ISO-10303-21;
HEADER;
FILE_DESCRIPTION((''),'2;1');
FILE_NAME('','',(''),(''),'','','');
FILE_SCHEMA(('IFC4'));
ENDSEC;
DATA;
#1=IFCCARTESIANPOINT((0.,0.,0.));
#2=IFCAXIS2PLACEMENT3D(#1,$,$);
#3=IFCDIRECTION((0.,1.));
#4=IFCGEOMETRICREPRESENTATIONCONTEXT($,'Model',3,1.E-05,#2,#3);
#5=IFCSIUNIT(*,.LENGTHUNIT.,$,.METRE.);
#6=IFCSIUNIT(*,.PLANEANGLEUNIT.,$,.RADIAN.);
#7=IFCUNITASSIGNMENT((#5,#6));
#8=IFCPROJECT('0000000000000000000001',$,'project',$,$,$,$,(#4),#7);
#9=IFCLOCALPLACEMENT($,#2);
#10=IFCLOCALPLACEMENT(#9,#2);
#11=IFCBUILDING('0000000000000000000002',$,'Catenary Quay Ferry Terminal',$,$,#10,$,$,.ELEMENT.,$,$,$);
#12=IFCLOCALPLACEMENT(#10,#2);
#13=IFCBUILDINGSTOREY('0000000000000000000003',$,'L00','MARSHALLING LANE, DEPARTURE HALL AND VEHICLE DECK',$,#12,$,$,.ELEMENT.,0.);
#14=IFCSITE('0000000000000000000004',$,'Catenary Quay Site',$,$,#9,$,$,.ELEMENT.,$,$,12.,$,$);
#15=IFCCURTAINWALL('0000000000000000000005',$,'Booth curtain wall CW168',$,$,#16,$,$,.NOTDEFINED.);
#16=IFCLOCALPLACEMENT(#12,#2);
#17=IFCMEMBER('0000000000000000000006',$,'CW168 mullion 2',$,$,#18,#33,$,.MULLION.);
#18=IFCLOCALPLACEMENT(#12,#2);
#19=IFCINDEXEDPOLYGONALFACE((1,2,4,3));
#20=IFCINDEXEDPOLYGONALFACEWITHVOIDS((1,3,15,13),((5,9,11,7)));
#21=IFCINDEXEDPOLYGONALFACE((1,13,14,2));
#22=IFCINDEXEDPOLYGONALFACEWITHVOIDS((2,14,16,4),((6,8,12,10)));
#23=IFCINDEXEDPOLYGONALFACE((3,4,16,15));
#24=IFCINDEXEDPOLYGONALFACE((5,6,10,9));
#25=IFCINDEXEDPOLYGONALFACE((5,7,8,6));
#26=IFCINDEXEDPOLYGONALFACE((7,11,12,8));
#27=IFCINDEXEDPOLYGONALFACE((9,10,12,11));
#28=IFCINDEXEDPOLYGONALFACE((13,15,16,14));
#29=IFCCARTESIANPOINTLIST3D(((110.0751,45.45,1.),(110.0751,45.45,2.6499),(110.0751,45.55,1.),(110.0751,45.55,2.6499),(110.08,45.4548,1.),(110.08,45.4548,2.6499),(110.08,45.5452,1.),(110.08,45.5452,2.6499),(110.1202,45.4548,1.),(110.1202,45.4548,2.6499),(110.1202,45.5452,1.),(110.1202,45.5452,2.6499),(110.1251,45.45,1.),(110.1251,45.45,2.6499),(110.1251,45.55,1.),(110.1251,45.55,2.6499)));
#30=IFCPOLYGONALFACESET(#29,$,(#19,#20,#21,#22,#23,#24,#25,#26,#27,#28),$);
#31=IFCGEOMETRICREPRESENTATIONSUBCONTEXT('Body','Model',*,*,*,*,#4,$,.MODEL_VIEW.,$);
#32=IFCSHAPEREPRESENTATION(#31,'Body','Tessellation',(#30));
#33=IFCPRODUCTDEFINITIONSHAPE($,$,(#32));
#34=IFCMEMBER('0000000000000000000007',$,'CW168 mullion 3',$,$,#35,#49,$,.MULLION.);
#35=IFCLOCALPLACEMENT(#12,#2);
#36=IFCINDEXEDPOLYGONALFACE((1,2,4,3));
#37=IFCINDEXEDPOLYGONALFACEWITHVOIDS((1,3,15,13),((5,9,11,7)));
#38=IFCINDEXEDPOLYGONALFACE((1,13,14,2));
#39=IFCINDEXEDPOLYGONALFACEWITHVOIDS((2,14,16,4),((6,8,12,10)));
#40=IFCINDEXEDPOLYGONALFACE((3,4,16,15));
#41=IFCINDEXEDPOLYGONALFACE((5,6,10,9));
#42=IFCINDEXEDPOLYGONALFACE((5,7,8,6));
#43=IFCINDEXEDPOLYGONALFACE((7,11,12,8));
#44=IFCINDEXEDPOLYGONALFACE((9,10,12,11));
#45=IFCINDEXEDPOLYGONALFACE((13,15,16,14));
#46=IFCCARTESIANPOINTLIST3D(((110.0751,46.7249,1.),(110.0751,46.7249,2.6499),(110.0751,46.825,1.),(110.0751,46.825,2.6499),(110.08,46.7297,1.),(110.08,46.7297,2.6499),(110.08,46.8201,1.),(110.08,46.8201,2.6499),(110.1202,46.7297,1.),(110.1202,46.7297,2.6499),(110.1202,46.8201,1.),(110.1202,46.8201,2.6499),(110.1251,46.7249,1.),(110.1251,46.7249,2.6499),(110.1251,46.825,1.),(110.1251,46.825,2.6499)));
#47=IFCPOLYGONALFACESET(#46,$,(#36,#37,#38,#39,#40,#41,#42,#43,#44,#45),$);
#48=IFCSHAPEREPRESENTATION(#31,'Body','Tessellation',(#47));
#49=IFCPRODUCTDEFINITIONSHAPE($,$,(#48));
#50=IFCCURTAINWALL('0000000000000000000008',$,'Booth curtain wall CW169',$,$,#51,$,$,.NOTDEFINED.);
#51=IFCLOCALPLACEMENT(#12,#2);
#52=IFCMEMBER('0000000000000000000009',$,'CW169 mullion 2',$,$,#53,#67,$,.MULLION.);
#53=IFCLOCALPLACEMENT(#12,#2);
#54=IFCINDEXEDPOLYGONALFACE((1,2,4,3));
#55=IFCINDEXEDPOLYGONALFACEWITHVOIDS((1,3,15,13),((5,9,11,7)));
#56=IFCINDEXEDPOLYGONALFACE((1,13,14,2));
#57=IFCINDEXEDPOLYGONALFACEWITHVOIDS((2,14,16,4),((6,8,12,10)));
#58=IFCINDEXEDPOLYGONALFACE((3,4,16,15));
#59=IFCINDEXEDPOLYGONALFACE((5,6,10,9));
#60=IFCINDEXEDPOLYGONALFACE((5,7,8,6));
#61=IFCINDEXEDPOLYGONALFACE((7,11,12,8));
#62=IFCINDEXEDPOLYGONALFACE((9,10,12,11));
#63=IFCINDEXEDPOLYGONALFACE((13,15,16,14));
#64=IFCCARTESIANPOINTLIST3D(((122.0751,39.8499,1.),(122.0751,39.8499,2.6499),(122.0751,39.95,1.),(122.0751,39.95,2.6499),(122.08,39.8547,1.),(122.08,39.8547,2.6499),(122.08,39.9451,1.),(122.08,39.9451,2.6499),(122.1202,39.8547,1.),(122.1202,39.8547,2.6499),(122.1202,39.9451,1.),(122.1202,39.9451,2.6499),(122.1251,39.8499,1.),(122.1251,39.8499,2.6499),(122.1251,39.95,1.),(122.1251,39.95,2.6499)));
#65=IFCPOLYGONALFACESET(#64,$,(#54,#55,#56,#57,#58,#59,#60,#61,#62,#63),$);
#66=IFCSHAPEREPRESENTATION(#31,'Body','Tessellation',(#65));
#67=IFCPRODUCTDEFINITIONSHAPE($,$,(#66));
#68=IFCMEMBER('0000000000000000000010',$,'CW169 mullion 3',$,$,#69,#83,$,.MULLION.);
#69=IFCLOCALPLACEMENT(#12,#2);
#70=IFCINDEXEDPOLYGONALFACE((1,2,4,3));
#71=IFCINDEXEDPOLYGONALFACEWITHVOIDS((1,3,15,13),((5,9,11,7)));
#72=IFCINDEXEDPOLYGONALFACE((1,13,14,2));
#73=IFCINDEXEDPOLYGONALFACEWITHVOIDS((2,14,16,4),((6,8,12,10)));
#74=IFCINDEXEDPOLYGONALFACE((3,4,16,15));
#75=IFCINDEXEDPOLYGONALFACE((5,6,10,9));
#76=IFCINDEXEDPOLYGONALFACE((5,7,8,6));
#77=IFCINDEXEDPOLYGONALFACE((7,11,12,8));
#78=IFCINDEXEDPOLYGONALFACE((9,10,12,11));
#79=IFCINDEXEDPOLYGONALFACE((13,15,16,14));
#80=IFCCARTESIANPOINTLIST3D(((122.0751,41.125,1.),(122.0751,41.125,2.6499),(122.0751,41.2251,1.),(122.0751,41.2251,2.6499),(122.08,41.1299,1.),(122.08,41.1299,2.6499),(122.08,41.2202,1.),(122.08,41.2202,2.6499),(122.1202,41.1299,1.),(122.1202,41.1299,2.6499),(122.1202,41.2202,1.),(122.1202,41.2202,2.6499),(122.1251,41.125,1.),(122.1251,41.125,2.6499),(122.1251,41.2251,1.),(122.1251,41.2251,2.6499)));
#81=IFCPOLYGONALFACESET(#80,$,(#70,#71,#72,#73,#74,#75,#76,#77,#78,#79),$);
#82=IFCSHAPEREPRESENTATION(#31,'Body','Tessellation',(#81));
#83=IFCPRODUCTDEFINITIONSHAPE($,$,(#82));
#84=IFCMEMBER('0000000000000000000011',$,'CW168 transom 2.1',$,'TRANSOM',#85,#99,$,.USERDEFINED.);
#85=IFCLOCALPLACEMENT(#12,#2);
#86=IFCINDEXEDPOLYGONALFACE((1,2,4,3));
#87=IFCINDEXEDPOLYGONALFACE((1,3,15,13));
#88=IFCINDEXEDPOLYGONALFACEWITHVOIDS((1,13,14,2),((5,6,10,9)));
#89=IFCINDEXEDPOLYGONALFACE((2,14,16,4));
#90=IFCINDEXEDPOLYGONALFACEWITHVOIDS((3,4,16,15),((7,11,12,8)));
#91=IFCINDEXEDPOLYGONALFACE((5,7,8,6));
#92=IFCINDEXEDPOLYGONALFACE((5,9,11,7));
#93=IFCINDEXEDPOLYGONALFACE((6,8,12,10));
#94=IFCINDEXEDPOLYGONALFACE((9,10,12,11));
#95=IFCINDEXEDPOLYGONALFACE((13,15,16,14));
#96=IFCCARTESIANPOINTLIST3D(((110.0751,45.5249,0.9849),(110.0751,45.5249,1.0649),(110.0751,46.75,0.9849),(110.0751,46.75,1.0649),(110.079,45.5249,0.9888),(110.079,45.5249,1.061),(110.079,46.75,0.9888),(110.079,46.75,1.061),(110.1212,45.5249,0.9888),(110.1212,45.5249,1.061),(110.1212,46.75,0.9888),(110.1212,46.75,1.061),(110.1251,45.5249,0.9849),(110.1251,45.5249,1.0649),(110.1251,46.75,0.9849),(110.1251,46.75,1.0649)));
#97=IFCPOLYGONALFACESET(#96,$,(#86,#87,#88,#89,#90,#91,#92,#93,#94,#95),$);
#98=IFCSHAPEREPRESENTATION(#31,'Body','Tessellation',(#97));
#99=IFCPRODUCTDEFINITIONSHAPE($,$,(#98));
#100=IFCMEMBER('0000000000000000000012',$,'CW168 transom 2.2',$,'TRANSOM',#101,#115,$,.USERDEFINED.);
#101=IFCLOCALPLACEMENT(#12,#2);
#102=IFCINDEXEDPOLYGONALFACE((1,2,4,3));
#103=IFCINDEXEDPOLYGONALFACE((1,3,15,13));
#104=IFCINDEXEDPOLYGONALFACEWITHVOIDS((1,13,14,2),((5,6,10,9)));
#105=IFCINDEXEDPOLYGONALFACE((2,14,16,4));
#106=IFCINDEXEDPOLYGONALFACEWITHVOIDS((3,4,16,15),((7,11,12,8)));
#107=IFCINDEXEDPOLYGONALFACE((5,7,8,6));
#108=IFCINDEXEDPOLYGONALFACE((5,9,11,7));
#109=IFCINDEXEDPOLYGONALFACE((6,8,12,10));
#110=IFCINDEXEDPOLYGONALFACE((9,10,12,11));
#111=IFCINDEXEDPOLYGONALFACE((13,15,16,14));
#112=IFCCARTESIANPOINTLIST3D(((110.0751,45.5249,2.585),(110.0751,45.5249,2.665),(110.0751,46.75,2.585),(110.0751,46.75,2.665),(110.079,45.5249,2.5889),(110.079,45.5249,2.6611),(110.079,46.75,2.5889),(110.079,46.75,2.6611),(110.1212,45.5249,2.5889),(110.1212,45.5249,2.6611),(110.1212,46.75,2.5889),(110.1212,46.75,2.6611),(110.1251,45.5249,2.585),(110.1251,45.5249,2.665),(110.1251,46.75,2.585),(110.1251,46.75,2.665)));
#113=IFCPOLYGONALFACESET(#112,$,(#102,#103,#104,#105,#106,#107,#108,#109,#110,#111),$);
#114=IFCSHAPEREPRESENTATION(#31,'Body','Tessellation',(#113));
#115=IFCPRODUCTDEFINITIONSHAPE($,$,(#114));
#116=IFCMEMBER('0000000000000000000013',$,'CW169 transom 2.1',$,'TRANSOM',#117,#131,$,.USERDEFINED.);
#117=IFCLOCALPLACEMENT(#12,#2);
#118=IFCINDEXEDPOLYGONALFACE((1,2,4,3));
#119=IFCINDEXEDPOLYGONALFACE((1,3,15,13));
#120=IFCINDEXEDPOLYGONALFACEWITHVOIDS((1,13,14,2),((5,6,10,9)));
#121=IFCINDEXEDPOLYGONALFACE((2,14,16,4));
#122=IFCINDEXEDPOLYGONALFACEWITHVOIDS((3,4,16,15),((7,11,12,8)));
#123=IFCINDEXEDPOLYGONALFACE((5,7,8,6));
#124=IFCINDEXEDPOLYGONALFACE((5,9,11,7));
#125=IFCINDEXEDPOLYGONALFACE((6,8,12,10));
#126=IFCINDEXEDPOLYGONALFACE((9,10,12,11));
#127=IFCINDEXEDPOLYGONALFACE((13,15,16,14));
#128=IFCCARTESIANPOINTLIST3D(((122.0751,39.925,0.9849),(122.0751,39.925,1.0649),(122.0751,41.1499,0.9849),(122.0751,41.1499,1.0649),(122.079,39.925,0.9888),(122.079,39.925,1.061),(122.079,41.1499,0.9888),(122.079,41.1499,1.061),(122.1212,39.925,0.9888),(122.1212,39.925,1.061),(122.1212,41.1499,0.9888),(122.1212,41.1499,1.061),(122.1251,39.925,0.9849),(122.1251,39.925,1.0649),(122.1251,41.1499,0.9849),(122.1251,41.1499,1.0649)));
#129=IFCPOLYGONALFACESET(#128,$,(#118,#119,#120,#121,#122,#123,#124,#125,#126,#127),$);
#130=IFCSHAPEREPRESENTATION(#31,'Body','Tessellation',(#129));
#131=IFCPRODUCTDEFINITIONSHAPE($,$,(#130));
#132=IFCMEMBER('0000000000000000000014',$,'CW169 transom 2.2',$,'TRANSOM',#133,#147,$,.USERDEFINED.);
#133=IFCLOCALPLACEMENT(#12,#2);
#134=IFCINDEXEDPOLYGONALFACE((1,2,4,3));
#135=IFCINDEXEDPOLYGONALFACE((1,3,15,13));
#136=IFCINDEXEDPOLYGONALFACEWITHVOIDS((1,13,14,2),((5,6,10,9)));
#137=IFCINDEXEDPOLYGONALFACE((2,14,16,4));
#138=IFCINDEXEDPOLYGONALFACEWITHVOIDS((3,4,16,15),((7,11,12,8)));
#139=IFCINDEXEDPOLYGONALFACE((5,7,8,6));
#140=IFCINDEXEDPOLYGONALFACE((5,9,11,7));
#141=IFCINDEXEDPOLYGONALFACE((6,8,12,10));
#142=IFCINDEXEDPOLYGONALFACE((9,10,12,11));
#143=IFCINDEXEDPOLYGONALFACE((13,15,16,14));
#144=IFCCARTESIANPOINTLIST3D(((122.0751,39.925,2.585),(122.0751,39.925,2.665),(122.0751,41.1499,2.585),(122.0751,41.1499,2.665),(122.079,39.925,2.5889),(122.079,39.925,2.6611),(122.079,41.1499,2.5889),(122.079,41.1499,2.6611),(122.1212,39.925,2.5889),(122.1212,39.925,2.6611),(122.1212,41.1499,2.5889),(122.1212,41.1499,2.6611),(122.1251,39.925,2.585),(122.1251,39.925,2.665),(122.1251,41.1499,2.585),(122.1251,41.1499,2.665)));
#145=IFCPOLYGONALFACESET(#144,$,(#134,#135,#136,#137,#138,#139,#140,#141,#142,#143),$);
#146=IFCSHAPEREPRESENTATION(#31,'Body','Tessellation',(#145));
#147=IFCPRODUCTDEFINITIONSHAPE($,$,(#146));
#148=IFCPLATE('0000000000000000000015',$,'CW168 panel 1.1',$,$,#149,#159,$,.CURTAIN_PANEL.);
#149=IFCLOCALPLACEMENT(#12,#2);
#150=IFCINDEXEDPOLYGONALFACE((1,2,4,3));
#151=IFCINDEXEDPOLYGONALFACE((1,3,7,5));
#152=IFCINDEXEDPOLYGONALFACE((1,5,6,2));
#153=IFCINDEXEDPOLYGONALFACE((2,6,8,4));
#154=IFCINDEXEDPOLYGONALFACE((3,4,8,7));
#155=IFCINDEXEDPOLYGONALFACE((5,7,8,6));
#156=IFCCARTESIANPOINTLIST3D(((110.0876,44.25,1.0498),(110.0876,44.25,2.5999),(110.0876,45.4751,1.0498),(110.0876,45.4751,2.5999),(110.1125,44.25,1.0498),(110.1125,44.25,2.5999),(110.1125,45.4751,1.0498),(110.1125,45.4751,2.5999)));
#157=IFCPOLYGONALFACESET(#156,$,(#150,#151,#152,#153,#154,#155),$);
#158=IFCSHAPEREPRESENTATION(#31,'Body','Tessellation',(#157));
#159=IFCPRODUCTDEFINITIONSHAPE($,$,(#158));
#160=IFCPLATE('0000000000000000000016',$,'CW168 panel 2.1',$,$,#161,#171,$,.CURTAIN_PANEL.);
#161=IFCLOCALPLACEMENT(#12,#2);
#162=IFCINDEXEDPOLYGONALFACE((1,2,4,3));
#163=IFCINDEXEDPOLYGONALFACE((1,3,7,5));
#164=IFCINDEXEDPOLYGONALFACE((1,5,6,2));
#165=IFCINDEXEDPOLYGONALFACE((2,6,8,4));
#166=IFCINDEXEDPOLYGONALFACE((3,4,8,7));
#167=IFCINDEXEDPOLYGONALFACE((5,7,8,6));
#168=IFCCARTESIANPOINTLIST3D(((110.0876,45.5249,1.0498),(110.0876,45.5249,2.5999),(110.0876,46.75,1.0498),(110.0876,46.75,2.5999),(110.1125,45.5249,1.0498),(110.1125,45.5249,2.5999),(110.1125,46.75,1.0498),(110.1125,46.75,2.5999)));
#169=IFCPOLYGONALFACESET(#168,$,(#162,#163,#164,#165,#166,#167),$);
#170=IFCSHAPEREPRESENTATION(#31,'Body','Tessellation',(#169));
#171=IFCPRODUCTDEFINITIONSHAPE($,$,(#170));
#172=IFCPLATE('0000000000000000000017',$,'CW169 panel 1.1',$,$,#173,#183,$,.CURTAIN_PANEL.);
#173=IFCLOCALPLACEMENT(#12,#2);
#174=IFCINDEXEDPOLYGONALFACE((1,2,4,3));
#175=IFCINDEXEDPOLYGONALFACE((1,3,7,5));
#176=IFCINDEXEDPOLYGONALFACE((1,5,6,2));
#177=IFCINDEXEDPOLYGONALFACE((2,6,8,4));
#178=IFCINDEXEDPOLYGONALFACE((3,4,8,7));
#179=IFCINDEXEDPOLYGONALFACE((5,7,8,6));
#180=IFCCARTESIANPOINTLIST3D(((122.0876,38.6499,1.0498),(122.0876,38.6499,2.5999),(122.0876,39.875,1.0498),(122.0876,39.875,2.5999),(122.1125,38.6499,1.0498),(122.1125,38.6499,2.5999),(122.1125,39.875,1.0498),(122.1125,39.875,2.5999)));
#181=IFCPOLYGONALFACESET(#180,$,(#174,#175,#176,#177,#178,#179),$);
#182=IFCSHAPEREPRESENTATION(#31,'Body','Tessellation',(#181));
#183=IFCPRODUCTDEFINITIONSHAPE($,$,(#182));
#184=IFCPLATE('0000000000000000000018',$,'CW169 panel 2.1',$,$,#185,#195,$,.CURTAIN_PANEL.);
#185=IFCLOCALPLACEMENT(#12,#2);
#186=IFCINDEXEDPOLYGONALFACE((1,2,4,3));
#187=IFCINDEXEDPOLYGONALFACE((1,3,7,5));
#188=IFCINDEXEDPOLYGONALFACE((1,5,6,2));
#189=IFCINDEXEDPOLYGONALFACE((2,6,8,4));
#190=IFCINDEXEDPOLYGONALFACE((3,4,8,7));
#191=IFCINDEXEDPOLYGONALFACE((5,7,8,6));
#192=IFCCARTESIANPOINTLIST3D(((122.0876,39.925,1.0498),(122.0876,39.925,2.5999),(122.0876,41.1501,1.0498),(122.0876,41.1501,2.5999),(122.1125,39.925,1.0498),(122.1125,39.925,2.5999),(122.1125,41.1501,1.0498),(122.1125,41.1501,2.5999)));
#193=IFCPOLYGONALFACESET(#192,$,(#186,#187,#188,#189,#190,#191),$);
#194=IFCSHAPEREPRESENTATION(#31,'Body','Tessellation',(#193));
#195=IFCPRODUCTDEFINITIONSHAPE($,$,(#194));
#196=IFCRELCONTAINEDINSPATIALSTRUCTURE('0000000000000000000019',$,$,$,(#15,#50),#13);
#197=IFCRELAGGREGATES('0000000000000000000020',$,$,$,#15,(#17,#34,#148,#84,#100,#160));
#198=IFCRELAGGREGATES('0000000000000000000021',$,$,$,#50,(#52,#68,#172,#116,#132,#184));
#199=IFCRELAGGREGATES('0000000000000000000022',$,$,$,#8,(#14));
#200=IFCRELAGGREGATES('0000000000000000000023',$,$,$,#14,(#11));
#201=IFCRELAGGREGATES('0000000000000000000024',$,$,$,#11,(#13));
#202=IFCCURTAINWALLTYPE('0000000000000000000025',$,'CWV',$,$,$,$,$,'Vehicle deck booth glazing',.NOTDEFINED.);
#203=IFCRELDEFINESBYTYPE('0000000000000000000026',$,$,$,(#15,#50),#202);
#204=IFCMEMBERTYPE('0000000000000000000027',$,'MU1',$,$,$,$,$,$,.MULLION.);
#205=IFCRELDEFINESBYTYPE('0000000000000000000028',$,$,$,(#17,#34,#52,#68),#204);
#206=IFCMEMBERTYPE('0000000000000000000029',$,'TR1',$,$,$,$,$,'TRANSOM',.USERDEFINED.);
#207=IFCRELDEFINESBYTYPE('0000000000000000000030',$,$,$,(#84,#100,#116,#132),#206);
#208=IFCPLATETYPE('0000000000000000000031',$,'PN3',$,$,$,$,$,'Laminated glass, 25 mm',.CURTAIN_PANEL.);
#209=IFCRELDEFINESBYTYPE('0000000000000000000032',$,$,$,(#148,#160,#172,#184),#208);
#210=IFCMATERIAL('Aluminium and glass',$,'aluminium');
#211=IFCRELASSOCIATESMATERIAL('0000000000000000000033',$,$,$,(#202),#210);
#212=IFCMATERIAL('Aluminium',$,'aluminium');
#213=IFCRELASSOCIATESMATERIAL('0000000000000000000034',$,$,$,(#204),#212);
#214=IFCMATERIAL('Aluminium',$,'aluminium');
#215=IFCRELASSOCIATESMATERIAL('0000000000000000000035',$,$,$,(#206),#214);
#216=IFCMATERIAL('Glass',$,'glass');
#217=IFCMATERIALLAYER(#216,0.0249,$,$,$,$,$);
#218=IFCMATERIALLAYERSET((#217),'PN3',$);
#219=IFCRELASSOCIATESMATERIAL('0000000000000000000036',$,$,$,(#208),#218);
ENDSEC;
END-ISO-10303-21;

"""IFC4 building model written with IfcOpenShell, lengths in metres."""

from ifc_helpers import new_model, si_unit, direction, frame, origin, origin_2d, place, context, subcontext, project, spatial, rectangle, hollow_rectangle, extrude, material, layer, layer_set, material_profile, profile_set, type_object, element, aggregate, save


model = new_model("IFC4")

# Units and contexts
model_context = context("Model", 3, precision=1e-05, world=origin(), true_north=direction((0.0, 1.0)))
body_context = subcontext(model_context, "Body", "Model", "MODEL_VIEW")
ifc_project = project(units=[si_unit("LENGTHUNIT", "METRE"), si_unit("PLANEANGLEUNIT", "RADIAN")], contexts=[model_context])

# Site, building, storey
site_placement = place(None, origin())
site = spatial("IfcSite", under=ifc_project, at=site_placement, Name="Catenary Quay Site", CompositionType="ELEMENT", RefElevation=12.0)
building_placement = place(site_placement, origin())
building = spatial("IfcBuilding", under=site, at=building_placement, Name="Catenary Quay Ferry Terminal", CompositionType="ELEMENT")
storey_placement = place(building_placement, origin())
storey = spatial("IfcBuildingStorey", under=building, at=storey_placement, Name="L00", Description="MARSHALLING LANE, DEPARTURE HALL AND VEHICLE DECK", CompositionType="ELEMENT", Elevation=0.0)

# Curtain walls, members
ifc_material_1 = material(Name="Aluminium and glass", Category="aluminium")
curtain_wall_type = type_object("IfcCurtainWallType", Name="CWV", ElementType="Vehicle deck booth glazing", PredefinedType="NOTDEFINED", material=ifc_material_1)
curtain_wall_1_placement = place(storey_placement, origin())
curtain_wall_1 = element("IfcCurtainWall", 1, at=curtain_wall_1_placement, inside=storey, type_object=curtain_wall_type, Name="Booth curtain wall CW168", PredefinedType="NOTDEFINED")
ifc_material_2 = material(Name="Aluminium", Category="aluminium")
ifc_material_profile_1 = material_profile(ifc_material_2, hollow_rectangle(XDim=0.05, YDim=0.1001, WallThickness=0.0049, at=origin_2d()), Name="MU1")
ifc_profile_set_1 = profile_set([ifc_material_profile_1], Name="Aluminium")
member_type_1 = type_object("IfcMemberType", Name="MU1", PredefinedType="MULLION", material=ifc_profile_set_1)
member_1_placement = place(storey_placement, frame((110.1001, 45.5, 1.0), z_axis=(0.0, 0.0, 1.0), x_axis=(-1.0, 0.0, 0.0)))
member_1 = element("IfcMember", 2, at=member_1_placement, type_object=member_type_1, Name="CW168 mullion 2", PredefinedType="MULLION", context=body_context, shape_type="SweptSolid", body=[
    extrude(hollow_rectangle(XDim=0.05, YDim=0.1001, WallThickness=0.0049, at=origin_2d()), origin(), (0.0, 0.0, 1.0), 1.6499),
])
member_2_placement = place(storey_placement, frame((110.1001, 46.7749, 1.0), z_axis=(0.0, 0.0, 1.0), x_axis=(-1.0, 0.0, 0.0)))
member_2 = element("IfcMember", 3, at=member_2_placement, type_object=member_type_1, Name="CW168 mullion 3", PredefinedType="MULLION", context=body_context, shape_type="SweptSolid", body=[
    extrude(hollow_rectangle(XDim=0.05, YDim=0.1001, WallThickness=0.0049, at=origin_2d()), origin(), (0.0, 0.0, 1.0), 1.6499),
])
curtain_wall_2_placement = place(storey_placement, origin())
curtain_wall_2 = element("IfcCurtainWall", 4, at=curtain_wall_2_placement, inside=storey, type_object=curtain_wall_type, Name="Booth curtain wall CW169", PredefinedType="NOTDEFINED")
member_3_placement = place(storey_placement, frame((122.1001, 39.8999, 1.0), z_axis=(0.0, 0.0, 1.0), x_axis=(-1.0, 0.0, 0.0)))
member_3 = element("IfcMember", 5, at=member_3_placement, type_object=member_type_1, Name="CW169 mullion 2", PredefinedType="MULLION", context=body_context, shape_type="SweptSolid", body=[
    extrude(hollow_rectangle(XDim=0.05, YDim=0.1001, WallThickness=0.0049, at=origin_2d()), origin(), (0.0, 0.0, 1.0), 1.6499),
])
member_4_placement = place(storey_placement, frame((122.1001, 41.175, 1.0), z_axis=(0.0, 0.0, 1.0), x_axis=(-1.0, 0.0, 0.0)))
member_4 = element("IfcMember", 6, at=member_4_placement, type_object=member_type_1, Name="CW169 mullion 3", PredefinedType="MULLION", context=body_context, shape_type="SweptSolid", body=[
    extrude(hollow_rectangle(XDim=0.05, YDim=0.1001, WallThickness=0.0049, at=origin_2d()), origin(), (0.0, 0.0, 1.0), 1.6499),
])

# Members
ifc_material_3 = material(Name="Aluminium", Category="aluminium")
ifc_material_profile_2 = material_profile(ifc_material_3, hollow_rectangle(XDim=0.05, YDim=0.0801, WallThickness=0.0039, at=origin_2d()), Name="TR1")
ifc_profile_set_2 = profile_set([ifc_material_profile_2], Name="Aluminium")
member_type_2 = type_object("IfcMemberType", Name="TR1", ElementType="TRANSOM", PredefinedType="USERDEFINED", material=ifc_profile_set_2)
member_5_placement = place(storey_placement, frame((110.1001, 45.5249, 1.0249), z_axis=(0.0, 1.0, 0.0), x_axis=(-1.0, 0.0, 0.0)))
member_5 = element("IfcMember", 7, at=member_5_placement, type_object=member_type_2, Name="CW168 transom 2.1", ObjectType="TRANSOM", PredefinedType="USERDEFINED", context=body_context, shape_type="SweptSolid", body=[
    extrude(hollow_rectangle(XDim=0.05, YDim=0.0801, WallThickness=0.0039, at=origin_2d()), origin(), (0.0, 0.0, 1.0), 1.2251),
])
member_6_placement = place(storey_placement, frame((110.1001, 45.5249, 2.625), z_axis=(0.0, 1.0, 0.0), x_axis=(-1.0, 0.0, 0.0)))
member_6 = element("IfcMember", 8, at=member_6_placement, type_object=member_type_2, Name="CW168 transom 2.2", ObjectType="TRANSOM", PredefinedType="USERDEFINED", context=body_context, shape_type="SweptSolid", body=[
    extrude(hollow_rectangle(XDim=0.05, YDim=0.0801, WallThickness=0.0039, at=origin_2d()), origin(), (0.0, 0.0, 1.0), 1.2251),
])
member_7_placement = place(storey_placement, frame((122.1001, 39.925, 1.0249), z_axis=(0.0, 1.0, 0.0), x_axis=(-1.0, 0.0, 0.0)))
member_7 = element("IfcMember", 9, at=member_7_placement, type_object=member_type_2, Name="CW169 transom 2.1", ObjectType="TRANSOM", PredefinedType="USERDEFINED", context=body_context, shape_type="SweptSolid", body=[
    extrude(hollow_rectangle(XDim=0.05, YDim=0.0801, WallThickness=0.0039, at=origin_2d()), origin(), (0.0, 0.0, 1.0), 1.2249),
])
member_8_placement = place(storey_placement, frame((122.1001, 39.925, 2.625), z_axis=(0.0, 1.0, 0.0), x_axis=(-1.0, 0.0, 0.0)))
member_8 = element("IfcMember", 10, at=member_8_placement, type_object=member_type_2, Name="CW169 transom 2.2", ObjectType="TRANSOM", PredefinedType="USERDEFINED", context=body_context, shape_type="SweptSolid", body=[
    extrude(hollow_rectangle(XDim=0.05, YDim=0.0801, WallThickness=0.0039, at=origin_2d()), origin(), (0.0, 0.0, 1.0), 1.2249),
])

# Plates
ifc_material_4 = material(Name="Glass", Category="glass")
ifc_layer_1 = layer(ifc_material_4, 0.0249)
ifc_layer_set_1 = layer_set([ifc_layer_1], Name="PN3")
plate_type = type_object("IfcPlateType", Name="PN3", ElementType="Laminated glass, 25 mm", PredefinedType="CURTAIN_PANEL", material=ifc_layer_set_1)
plate_1_placement = place(storey_placement, frame((110.1001, 44.8625, 1.0498), z_axis=(0.0, 0.0, 1.0), x_axis=(0.0, 1.0, 0.0)))
plate_1 = element("IfcPlate", 11, at=plate_1_placement, type_object=plate_type, Name="CW168 panel 1.1", PredefinedType="CURTAIN_PANEL", context=body_context, shape_type="SweptSolid", body=[
    extrude(rectangle(XDim=1.2251, YDim=0.0249, at=origin_2d()), origin(), (0.0, 0.0, 1.0), 1.55),
])
plate_2_placement = place(storey_placement, frame((110.1001, 46.1375, 1.0498), z_axis=(0.0, 0.0, 1.0), x_axis=(0.0, 1.0, 0.0)))
plate_2 = element("IfcPlate", 12, at=plate_2_placement, type_object=plate_type, Name="CW168 panel 2.1", PredefinedType="CURTAIN_PANEL", context=body_context, shape_type="SweptSolid", body=[
    extrude(rectangle(XDim=1.2251, YDim=0.0249, at=origin_2d()), origin(), (0.0, 0.0, 1.0), 1.55),
])
aggregate(curtain_wall_1, [member_1, member_2, plate_1, member_5, member_6, plate_2])
plate_3_placement = place(storey_placement, frame((122.1001, 39.2625, 1.0498), z_axis=(0.0, 0.0, 1.0), x_axis=(0.0, 1.0, 0.0)))
plate_3 = element("IfcPlate", 13, at=plate_3_placement, type_object=plate_type, Name="CW169 panel 1.1", PredefinedType="CURTAIN_PANEL", context=body_context, shape_type="SweptSolid", body=[
    extrude(rectangle(XDim=1.2251, YDim=0.0249, at=origin_2d()), origin(), (0.0, 0.0, 1.0), 1.55),
])
plate_4_placement = place(storey_placement, frame((122.1001, 40.5376, 1.0498), z_axis=(0.0, 0.0, 1.0), x_axis=(0.0, 1.0, 0.0)))
plate_4 = element("IfcPlate", 14, at=plate_4_placement, type_object=plate_type, Name="CW169 panel 2.1", PredefinedType="CURTAIN_PANEL", context=body_context, shape_type="SweptSolid", body=[
    extrude(rectangle(XDim=1.2251, YDim=0.0249, at=origin_2d()), origin(), (0.0, 0.0, 1.0), 1.55),
])
aggregate(curtain_wall_2, [member_3, member_4, plate_3, member_7, member_8, plate_4])

save(model, "model.ifc")
